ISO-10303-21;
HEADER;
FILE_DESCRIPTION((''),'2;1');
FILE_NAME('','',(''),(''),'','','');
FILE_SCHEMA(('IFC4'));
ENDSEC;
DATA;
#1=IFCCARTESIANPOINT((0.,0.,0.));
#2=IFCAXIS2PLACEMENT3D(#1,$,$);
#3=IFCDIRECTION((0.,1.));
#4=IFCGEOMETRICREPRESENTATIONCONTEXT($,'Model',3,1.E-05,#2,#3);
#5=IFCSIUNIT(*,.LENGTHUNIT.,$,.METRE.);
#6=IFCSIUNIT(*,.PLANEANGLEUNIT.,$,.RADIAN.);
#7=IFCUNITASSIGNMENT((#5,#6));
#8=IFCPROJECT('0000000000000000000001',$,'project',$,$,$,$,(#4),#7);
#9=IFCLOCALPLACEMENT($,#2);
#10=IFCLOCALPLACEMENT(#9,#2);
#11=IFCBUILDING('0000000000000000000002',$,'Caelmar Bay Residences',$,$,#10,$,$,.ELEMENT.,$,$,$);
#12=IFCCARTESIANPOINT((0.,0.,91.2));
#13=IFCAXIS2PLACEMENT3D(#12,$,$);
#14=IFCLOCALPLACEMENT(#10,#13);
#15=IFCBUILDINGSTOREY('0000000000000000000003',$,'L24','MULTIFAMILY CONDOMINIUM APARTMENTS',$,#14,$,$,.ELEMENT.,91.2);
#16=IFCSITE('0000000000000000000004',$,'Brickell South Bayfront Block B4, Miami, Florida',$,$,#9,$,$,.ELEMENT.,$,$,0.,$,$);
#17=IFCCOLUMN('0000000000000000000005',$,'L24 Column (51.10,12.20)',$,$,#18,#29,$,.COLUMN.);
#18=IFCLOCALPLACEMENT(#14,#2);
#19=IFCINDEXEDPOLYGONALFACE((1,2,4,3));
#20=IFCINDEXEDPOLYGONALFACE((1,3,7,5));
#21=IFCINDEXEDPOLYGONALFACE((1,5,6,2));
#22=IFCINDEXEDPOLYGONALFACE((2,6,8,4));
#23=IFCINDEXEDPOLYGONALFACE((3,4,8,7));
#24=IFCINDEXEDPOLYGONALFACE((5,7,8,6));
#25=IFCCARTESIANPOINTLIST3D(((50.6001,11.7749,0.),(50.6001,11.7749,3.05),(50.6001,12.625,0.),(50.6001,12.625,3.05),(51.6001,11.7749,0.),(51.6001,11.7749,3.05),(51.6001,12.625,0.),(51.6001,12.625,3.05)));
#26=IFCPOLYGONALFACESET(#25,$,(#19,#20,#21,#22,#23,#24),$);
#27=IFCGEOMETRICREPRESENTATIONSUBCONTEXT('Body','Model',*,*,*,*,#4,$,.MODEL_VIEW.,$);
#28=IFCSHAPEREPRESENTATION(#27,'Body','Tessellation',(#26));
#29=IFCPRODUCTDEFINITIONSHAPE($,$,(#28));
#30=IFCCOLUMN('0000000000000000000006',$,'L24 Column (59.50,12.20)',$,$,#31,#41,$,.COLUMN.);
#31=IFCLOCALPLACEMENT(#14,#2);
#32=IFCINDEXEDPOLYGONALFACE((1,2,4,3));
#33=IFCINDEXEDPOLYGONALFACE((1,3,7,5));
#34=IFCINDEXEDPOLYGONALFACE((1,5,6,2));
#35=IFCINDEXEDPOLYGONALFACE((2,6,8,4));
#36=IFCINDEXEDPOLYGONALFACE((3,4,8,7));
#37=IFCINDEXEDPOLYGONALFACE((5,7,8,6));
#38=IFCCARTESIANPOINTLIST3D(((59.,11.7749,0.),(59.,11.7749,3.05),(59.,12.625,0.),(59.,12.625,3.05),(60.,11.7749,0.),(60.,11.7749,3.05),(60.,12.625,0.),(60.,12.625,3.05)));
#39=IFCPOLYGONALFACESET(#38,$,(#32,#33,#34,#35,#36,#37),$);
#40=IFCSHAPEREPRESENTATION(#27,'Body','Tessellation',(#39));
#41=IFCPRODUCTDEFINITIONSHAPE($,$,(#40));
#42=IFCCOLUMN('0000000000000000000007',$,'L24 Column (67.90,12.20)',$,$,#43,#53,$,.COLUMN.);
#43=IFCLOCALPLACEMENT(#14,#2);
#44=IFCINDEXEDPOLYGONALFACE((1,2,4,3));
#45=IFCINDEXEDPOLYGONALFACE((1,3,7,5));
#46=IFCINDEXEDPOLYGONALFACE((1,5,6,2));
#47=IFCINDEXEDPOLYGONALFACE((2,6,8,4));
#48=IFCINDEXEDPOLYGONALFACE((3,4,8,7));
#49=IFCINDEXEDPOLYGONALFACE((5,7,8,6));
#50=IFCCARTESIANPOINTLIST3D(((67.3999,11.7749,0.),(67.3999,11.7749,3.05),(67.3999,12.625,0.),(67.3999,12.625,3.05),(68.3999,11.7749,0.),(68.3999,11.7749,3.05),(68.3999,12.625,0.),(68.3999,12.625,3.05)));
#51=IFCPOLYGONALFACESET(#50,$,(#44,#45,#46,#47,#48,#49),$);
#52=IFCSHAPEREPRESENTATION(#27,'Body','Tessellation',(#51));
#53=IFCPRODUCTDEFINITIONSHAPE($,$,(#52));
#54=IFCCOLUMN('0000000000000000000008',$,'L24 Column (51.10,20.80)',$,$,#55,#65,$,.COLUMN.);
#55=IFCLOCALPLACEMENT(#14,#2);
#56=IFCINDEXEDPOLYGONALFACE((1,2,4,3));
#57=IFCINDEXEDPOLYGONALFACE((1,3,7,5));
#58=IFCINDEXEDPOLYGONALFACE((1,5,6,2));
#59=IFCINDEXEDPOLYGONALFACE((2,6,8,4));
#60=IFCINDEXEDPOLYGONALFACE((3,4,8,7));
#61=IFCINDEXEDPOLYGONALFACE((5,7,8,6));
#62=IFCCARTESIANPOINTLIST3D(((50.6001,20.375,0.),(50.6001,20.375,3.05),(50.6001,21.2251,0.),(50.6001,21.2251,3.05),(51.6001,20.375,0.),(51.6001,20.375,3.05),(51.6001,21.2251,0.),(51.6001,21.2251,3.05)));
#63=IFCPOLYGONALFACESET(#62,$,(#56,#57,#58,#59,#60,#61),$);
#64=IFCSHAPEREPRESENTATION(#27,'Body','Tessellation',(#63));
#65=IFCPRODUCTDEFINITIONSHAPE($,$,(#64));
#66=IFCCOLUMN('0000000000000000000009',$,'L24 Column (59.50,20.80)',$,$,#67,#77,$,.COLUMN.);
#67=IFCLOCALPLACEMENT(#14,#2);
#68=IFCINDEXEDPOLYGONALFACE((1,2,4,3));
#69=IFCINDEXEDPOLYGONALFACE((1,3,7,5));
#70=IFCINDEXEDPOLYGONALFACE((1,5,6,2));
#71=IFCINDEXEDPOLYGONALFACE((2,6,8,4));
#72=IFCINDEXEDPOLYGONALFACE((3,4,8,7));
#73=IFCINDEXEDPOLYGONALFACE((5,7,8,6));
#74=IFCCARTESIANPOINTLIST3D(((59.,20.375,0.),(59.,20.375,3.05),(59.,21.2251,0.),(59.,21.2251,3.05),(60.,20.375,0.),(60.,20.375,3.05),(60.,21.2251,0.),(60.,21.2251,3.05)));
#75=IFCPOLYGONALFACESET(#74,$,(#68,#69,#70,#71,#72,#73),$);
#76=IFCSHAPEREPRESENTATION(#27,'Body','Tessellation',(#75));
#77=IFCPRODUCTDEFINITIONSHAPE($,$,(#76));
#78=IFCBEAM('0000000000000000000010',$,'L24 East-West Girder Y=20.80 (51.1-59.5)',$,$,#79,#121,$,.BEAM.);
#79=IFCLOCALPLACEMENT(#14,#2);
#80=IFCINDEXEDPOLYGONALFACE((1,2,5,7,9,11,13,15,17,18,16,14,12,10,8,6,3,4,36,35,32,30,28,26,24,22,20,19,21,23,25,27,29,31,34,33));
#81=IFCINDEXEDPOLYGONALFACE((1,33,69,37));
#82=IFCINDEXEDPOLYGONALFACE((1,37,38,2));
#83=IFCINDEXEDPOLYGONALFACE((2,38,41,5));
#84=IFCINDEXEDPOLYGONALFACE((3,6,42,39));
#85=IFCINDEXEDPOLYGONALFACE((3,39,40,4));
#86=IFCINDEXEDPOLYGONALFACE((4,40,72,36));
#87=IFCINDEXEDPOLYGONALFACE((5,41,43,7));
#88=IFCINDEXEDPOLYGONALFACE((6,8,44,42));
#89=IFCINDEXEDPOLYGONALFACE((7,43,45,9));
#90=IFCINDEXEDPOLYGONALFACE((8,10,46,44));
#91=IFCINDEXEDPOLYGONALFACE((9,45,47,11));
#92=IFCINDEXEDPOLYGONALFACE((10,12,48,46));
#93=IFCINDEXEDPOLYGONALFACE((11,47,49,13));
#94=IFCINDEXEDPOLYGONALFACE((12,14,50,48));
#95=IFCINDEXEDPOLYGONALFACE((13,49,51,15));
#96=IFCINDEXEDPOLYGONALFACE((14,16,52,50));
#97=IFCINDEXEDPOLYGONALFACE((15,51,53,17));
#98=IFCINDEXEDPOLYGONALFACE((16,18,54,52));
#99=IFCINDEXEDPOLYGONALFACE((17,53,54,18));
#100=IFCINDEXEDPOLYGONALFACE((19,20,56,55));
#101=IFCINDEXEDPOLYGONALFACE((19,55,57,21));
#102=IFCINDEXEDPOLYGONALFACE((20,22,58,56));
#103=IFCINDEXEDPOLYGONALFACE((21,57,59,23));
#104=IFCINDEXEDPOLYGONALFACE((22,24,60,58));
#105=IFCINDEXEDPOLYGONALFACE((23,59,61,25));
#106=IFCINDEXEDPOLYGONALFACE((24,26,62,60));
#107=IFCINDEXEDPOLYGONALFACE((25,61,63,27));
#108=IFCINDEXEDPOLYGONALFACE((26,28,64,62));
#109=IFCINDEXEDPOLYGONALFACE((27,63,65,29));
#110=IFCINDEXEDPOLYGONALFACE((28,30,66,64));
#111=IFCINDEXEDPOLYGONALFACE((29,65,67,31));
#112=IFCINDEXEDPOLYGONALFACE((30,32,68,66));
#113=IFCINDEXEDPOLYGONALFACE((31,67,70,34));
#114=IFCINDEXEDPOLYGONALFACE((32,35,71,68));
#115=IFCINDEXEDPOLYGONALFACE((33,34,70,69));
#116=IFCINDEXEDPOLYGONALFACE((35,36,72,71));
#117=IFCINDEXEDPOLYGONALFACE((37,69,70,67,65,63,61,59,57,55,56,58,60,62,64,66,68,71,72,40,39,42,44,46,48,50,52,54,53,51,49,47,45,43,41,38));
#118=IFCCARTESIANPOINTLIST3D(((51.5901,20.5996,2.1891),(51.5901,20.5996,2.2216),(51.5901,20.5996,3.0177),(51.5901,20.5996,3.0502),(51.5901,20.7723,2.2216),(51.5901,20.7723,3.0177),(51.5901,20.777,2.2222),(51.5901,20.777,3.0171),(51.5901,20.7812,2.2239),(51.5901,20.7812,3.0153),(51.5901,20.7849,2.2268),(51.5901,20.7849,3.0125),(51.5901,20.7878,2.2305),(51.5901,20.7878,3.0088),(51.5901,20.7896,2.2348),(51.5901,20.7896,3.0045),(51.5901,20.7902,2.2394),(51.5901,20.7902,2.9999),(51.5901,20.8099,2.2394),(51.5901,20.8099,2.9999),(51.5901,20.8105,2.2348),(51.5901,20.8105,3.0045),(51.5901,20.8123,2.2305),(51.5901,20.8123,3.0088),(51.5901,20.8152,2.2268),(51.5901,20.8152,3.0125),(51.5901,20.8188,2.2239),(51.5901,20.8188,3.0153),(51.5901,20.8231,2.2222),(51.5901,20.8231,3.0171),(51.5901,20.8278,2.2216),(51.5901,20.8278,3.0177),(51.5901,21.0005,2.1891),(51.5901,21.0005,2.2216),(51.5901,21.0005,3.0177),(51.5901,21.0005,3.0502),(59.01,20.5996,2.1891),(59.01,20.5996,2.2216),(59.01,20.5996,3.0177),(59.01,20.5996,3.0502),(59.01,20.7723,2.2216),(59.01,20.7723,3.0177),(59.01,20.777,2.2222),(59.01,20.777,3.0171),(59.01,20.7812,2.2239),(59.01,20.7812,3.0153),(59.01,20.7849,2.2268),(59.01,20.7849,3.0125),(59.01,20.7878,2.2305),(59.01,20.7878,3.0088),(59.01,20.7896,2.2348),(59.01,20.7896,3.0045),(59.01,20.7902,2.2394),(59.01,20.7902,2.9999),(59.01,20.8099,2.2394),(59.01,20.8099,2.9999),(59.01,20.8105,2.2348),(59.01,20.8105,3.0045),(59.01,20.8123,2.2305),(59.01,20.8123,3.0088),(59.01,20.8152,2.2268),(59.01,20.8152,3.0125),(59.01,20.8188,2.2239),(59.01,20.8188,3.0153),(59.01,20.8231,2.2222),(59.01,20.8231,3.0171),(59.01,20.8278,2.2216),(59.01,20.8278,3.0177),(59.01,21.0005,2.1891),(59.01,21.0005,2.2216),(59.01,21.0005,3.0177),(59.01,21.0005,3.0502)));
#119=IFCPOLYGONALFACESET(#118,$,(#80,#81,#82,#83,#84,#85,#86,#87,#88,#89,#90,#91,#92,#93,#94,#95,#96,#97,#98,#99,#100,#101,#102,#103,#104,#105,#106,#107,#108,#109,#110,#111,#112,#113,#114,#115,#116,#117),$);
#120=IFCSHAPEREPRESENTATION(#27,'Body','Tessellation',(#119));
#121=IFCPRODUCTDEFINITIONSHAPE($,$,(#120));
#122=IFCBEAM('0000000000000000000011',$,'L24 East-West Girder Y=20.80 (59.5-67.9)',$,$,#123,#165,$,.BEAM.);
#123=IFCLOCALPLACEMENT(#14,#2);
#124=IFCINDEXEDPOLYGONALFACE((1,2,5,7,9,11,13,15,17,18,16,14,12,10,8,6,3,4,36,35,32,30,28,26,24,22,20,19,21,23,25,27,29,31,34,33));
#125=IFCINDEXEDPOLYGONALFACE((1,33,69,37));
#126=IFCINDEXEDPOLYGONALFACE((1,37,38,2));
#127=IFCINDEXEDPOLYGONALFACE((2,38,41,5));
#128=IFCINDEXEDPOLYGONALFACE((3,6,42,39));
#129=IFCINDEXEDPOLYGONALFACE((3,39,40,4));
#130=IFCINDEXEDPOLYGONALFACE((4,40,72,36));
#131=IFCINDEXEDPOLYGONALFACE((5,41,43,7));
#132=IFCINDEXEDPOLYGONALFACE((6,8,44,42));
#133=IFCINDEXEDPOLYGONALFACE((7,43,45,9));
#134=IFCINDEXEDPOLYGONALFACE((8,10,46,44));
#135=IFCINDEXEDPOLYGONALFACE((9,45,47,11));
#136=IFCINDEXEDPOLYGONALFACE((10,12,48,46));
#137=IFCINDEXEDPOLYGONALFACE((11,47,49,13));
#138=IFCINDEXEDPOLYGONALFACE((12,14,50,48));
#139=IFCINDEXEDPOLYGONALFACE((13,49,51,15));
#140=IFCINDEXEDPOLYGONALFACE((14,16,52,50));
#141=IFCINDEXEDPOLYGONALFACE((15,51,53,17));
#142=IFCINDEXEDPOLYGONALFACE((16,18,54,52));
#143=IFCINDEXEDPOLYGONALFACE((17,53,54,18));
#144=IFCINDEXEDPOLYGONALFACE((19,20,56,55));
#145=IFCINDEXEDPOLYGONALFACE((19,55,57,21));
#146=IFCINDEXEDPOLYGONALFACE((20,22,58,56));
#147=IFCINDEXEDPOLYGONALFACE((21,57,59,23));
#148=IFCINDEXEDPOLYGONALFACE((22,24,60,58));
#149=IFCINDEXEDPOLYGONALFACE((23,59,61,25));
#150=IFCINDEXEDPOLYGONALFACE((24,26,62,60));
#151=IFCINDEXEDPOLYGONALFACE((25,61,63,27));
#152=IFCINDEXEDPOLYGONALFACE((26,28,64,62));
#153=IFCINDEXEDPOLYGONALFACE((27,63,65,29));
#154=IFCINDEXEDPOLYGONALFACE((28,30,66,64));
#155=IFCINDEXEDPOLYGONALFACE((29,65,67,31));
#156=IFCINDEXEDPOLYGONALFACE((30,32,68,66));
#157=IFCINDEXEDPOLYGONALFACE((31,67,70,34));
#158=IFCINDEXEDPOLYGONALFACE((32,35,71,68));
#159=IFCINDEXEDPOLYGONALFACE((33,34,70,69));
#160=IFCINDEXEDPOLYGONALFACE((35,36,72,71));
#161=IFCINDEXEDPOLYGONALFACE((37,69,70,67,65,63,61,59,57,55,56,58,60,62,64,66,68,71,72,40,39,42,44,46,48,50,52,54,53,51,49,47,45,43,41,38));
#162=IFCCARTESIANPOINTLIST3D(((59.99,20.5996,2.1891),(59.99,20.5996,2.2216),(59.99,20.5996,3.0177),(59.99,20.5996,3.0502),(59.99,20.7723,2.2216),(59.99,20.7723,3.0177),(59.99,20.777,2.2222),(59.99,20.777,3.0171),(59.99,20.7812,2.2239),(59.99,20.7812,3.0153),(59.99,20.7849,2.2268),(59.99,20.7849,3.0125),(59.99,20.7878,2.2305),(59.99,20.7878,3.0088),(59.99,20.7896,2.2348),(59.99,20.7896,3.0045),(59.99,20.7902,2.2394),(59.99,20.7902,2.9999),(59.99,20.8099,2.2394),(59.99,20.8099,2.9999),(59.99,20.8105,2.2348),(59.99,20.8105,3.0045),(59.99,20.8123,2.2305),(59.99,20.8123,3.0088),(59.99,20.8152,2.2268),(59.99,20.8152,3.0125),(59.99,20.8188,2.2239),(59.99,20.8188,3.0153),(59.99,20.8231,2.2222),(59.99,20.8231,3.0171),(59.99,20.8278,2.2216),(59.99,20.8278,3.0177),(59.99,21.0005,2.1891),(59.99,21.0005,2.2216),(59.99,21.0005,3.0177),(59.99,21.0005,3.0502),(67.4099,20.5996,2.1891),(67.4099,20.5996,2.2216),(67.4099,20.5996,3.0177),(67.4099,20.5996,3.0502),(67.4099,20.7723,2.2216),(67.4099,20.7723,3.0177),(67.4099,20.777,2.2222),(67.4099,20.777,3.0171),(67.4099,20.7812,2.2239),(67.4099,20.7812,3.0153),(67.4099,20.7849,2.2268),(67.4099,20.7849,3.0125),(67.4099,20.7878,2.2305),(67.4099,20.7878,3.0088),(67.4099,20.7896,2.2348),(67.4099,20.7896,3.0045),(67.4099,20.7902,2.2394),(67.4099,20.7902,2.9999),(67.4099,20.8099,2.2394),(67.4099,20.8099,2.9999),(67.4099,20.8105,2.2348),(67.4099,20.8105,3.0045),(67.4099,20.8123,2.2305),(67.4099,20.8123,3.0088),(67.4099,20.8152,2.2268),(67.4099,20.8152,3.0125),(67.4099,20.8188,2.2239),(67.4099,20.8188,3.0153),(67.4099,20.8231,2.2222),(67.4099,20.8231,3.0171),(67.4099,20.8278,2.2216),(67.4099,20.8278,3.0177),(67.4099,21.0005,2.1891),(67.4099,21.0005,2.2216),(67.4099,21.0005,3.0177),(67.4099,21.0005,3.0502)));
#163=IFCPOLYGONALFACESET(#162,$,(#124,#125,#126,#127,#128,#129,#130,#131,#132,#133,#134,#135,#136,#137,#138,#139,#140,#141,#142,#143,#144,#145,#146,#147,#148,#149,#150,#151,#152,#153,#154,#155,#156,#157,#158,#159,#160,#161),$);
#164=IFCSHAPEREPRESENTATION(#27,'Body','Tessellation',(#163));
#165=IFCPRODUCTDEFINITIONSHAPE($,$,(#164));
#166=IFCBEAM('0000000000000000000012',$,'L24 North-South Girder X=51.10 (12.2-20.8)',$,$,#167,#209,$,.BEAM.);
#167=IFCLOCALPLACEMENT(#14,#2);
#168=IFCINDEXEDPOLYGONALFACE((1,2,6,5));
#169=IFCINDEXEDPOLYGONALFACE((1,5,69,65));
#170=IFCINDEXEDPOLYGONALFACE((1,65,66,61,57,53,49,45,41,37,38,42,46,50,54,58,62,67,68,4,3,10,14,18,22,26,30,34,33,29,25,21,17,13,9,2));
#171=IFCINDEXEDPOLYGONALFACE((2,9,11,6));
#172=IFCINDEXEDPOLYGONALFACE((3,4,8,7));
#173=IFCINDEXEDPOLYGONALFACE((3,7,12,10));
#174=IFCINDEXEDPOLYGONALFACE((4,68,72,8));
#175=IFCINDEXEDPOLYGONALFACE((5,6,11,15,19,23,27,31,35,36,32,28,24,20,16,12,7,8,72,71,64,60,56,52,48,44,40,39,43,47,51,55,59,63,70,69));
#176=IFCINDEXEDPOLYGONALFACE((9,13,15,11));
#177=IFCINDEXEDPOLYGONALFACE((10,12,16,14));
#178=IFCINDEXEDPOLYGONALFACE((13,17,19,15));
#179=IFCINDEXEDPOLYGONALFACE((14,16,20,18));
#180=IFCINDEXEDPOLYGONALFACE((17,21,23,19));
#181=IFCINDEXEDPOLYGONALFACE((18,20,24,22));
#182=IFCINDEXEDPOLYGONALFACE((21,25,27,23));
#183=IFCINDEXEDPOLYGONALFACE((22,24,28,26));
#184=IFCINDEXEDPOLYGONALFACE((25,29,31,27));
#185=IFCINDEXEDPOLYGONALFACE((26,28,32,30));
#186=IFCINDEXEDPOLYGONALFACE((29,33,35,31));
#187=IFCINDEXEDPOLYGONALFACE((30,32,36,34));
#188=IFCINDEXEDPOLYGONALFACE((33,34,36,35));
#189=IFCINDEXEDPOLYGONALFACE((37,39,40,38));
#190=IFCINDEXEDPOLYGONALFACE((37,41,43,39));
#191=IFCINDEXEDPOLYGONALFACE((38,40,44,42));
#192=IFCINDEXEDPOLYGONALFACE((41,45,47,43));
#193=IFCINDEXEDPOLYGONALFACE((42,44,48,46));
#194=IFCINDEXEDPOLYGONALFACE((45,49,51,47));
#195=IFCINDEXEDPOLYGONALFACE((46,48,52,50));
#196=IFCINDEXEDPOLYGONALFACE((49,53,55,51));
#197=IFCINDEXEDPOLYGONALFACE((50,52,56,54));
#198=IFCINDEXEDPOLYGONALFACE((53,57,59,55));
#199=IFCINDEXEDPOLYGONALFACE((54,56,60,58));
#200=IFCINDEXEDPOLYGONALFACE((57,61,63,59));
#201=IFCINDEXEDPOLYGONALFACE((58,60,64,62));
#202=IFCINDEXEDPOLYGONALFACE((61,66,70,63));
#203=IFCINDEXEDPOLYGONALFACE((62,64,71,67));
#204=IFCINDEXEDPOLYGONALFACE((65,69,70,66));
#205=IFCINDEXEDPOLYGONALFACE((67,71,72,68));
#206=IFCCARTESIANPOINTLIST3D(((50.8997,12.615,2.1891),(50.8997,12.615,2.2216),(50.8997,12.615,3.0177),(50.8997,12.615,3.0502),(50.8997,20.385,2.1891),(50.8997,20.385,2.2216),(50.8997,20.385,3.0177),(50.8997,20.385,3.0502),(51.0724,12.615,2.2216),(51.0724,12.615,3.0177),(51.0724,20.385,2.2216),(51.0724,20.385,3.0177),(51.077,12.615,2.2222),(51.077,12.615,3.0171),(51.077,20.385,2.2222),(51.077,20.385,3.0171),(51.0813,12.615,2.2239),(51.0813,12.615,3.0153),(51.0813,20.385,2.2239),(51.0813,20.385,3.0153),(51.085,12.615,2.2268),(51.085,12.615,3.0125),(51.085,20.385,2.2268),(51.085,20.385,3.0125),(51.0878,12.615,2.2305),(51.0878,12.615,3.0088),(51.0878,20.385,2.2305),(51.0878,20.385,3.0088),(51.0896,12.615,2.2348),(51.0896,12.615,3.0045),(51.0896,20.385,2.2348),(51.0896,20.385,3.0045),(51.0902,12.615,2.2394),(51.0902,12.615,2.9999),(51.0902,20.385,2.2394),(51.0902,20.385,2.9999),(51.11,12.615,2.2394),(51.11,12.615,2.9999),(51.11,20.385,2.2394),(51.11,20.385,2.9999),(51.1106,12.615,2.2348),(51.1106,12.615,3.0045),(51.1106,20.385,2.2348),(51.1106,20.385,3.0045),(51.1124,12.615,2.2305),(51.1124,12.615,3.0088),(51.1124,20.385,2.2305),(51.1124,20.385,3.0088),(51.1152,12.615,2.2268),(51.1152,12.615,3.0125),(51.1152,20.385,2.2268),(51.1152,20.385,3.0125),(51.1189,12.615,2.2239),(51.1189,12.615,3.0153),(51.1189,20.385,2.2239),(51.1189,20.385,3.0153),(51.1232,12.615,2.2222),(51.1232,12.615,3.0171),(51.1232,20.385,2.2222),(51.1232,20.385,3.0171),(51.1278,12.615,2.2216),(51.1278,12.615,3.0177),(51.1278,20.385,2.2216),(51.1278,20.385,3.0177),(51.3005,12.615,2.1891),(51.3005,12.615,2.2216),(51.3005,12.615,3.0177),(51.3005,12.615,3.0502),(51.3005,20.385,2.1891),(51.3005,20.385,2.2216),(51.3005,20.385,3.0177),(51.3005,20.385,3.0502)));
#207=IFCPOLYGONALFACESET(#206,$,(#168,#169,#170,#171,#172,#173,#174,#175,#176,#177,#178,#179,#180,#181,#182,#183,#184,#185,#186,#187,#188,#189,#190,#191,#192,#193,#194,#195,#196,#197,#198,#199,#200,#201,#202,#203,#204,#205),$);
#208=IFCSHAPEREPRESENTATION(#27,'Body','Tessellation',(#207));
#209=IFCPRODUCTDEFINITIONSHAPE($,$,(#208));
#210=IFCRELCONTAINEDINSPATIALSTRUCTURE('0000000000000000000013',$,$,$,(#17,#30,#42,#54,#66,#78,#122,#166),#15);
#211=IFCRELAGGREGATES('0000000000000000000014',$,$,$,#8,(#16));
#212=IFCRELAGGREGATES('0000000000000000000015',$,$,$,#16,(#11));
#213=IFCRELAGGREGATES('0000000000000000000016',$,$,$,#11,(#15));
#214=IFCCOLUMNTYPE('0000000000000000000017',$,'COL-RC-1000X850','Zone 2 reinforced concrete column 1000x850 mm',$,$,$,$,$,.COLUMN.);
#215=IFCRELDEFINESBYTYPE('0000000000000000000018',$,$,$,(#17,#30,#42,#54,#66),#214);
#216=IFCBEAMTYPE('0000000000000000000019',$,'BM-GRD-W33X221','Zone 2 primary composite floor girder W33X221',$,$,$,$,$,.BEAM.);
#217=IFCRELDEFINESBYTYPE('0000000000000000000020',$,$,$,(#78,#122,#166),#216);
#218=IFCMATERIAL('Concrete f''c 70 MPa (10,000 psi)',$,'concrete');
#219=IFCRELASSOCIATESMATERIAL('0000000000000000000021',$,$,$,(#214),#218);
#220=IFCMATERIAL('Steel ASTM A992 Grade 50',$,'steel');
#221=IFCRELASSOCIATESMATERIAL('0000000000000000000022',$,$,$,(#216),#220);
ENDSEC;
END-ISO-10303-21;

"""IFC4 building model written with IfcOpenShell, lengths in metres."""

from ifc_helpers import new_model, si_unit, direction, frame, origin, origin_2d, place, context, subcontext, project, spatial, rectangle, i_section, extrude, material, material_profile, profile_set, type_object, element, save


model = new_model("IFC4")

# Units and contexts
model_context = context("Model", 3, precision=1e-05, world=origin(), true_north=direction((0.0, 1.0)))
body_context = subcontext(model_context, "Body", "Model", "MODEL_VIEW")
ifc_project = project(units=[si_unit("LENGTHUNIT", "METRE"), si_unit("PLANEANGLEUNIT", "RADIAN")], contexts=[model_context])

# Site, building, storey
site_placement = place(None, origin())
site = spatial("IfcSite", under=ifc_project, at=site_placement, Name="Brickell South Bayfront Block B4, Miami, Florida", CompositionType="ELEMENT", RefElevation=0.0)
building_placement = place(site_placement, origin())
building = spatial("IfcBuilding", under=site, at=building_placement, Name="Caelmar Bay Residences", CompositionType="ELEMENT")
storey_placement = place(building_placement, frame((0.0, 0.0, 91.2)))
storey = spatial("IfcBuildingStorey", under=building, at=storey_placement, Name="L24", Description="MULTIFAMILY CONDOMINIUM APARTMENTS", CompositionType="ELEMENT", Elevation=91.2)

# Columns
ifc_material_1 = material(Name="Concrete f'c 70 MPa (10,000 psi)", Category="concrete")
ifc_material_profile_1 = material_profile(ifc_material_1, rectangle(XDim=1.0, YDim=0.8501, at=origin_2d()), Name="RC-COL-1000X850")
ifc_profile_set_1 = profile_set([ifc_material_profile_1], Name="Concrete f'c 70 MPa (10,000 psi)")
column_type = type_object("IfcColumnType", Name="COL-RC-1000X850", Description="Zone 2 reinforced concrete column 1000x850 mm", PredefinedType="COLUMN", material=ifc_profile_set_1)
for number, where, z_axis, x_axis, name in (
    (1, (51.1001, 12.2, 0.0), (0.0, 0.0, 1.0), (1.0, 0.0, 0.0), "L24 Column (51.10,12.20)"),
    (2, (59.5, 12.2, 0.0), (0.0, 0.0, 1.0), (1.0, 0.0, 0.0), "L24 Column (59.50,12.20)"),
    (3, (67.8999, 12.2, 0.0), (0.0, 0.0, 1.0), (1.0, 0.0, 0.0), "L24 Column (67.90,12.20)"),
    (4, (51.1001, 20.8, 0.0), (0.0, 0.0, 1.0), (1.0, 0.0, 0.0), "L24 Column (51.10,20.80)"),
    (5, (59.5, 20.8, 0.0), (0.0, 0.0, 1.0), (1.0, 0.0, 0.0), "L24 Column (59.50,20.80)"),
):
    element("IfcColumn", number, at=place(storey_placement, frame(where, z_axis=z_axis, x_axis=x_axis)), inside=storey, type_object=column_type, Name=name, PredefinedType="COLUMN", context=body_context, shape_type="SweptSolid", body=[
        extrude(rectangle(XDim=1.0, YDim=0.8501, at=origin_2d()), origin(), (0.0, 0.0, 1.0), 3.05),
    ])

# Beams
ifc_material_2 = material(Name="Steel ASTM A992 Grade 50", Category="steel")
ifc_material_profile_2 = material_profile(ifc_material_2, i_section(OverallWidth=0.4009, OverallDepth=0.8611, WebThickness=0.0198, FlangeThickness=0.0325, FilletRadius=0.0178, at=origin_2d()), Name="W33X221")
ifc_profile_set_2 = profile_set([ifc_material_profile_2], Name="Steel ASTM A992 Grade 50")
beam_type_1 = type_object("IfcBeamType", Name="BM-GRD-W33X221", Description="Zone 2 primary composite floor girder W33X221", PredefinedType="BEAM", material=ifc_profile_set_2)
for number, where, z_axis, x_axis, name in (
    (6, (51.5901, 20.8, 2.6196), (1.0, 0.0, 0.0), (0.0, 1.0, 0.0), "L24 East-West Girder Y=20.80 (51.1-59.5)"),
    (7, (59.99, 20.8, 2.6196), (1.0, 0.0, 0.0), (0.0, 1.0, 0.0), "L24 East-West Girder Y=20.80 (59.5-67.9)"),
):
    element("IfcBeam", number, at=place(storey_placement, frame(where, z_axis=z_axis, x_axis=x_axis)), inside=storey, type_object=beam_type_1, Name=name, PredefinedType="BEAM", context=body_context, shape_type="SweptSolid", body=[
        extrude(i_section(OverallWidth=0.4009, OverallDepth=0.8611, WebThickness=0.0198, FlangeThickness=0.0325, FilletRadius=0.0178, at=origin_2d()), origin(), (0.0, 0.0, 1.0), 7.4199),
    ])
for number, where, z_axis, x_axis, name in (
    (8, (51.1001, 12.615, 2.6196), (0.0, 1.0, 0.0), (-1.0, 0.0, 0.0), "L24 North-South Girder X=51.10 (12.2-20.8)"),
):
    element("IfcBeam", number, at=place(storey_placement, frame(where, z_axis=z_axis, x_axis=x_axis)), inside=storey, type_object=beam_type_1, Name=name, PredefinedType="BEAM", context=body_context, shape_type="SweptSolid", body=[
        extrude(i_section(OverallWidth=0.4009, OverallDepth=0.8611, WebThickness=0.0198, FlangeThickness=0.0325, FilletRadius=0.0178, at=origin_2d()), origin(), (0.0, 0.0, 1.0), 7.77),
    ])

save(model, "model.ifc")
